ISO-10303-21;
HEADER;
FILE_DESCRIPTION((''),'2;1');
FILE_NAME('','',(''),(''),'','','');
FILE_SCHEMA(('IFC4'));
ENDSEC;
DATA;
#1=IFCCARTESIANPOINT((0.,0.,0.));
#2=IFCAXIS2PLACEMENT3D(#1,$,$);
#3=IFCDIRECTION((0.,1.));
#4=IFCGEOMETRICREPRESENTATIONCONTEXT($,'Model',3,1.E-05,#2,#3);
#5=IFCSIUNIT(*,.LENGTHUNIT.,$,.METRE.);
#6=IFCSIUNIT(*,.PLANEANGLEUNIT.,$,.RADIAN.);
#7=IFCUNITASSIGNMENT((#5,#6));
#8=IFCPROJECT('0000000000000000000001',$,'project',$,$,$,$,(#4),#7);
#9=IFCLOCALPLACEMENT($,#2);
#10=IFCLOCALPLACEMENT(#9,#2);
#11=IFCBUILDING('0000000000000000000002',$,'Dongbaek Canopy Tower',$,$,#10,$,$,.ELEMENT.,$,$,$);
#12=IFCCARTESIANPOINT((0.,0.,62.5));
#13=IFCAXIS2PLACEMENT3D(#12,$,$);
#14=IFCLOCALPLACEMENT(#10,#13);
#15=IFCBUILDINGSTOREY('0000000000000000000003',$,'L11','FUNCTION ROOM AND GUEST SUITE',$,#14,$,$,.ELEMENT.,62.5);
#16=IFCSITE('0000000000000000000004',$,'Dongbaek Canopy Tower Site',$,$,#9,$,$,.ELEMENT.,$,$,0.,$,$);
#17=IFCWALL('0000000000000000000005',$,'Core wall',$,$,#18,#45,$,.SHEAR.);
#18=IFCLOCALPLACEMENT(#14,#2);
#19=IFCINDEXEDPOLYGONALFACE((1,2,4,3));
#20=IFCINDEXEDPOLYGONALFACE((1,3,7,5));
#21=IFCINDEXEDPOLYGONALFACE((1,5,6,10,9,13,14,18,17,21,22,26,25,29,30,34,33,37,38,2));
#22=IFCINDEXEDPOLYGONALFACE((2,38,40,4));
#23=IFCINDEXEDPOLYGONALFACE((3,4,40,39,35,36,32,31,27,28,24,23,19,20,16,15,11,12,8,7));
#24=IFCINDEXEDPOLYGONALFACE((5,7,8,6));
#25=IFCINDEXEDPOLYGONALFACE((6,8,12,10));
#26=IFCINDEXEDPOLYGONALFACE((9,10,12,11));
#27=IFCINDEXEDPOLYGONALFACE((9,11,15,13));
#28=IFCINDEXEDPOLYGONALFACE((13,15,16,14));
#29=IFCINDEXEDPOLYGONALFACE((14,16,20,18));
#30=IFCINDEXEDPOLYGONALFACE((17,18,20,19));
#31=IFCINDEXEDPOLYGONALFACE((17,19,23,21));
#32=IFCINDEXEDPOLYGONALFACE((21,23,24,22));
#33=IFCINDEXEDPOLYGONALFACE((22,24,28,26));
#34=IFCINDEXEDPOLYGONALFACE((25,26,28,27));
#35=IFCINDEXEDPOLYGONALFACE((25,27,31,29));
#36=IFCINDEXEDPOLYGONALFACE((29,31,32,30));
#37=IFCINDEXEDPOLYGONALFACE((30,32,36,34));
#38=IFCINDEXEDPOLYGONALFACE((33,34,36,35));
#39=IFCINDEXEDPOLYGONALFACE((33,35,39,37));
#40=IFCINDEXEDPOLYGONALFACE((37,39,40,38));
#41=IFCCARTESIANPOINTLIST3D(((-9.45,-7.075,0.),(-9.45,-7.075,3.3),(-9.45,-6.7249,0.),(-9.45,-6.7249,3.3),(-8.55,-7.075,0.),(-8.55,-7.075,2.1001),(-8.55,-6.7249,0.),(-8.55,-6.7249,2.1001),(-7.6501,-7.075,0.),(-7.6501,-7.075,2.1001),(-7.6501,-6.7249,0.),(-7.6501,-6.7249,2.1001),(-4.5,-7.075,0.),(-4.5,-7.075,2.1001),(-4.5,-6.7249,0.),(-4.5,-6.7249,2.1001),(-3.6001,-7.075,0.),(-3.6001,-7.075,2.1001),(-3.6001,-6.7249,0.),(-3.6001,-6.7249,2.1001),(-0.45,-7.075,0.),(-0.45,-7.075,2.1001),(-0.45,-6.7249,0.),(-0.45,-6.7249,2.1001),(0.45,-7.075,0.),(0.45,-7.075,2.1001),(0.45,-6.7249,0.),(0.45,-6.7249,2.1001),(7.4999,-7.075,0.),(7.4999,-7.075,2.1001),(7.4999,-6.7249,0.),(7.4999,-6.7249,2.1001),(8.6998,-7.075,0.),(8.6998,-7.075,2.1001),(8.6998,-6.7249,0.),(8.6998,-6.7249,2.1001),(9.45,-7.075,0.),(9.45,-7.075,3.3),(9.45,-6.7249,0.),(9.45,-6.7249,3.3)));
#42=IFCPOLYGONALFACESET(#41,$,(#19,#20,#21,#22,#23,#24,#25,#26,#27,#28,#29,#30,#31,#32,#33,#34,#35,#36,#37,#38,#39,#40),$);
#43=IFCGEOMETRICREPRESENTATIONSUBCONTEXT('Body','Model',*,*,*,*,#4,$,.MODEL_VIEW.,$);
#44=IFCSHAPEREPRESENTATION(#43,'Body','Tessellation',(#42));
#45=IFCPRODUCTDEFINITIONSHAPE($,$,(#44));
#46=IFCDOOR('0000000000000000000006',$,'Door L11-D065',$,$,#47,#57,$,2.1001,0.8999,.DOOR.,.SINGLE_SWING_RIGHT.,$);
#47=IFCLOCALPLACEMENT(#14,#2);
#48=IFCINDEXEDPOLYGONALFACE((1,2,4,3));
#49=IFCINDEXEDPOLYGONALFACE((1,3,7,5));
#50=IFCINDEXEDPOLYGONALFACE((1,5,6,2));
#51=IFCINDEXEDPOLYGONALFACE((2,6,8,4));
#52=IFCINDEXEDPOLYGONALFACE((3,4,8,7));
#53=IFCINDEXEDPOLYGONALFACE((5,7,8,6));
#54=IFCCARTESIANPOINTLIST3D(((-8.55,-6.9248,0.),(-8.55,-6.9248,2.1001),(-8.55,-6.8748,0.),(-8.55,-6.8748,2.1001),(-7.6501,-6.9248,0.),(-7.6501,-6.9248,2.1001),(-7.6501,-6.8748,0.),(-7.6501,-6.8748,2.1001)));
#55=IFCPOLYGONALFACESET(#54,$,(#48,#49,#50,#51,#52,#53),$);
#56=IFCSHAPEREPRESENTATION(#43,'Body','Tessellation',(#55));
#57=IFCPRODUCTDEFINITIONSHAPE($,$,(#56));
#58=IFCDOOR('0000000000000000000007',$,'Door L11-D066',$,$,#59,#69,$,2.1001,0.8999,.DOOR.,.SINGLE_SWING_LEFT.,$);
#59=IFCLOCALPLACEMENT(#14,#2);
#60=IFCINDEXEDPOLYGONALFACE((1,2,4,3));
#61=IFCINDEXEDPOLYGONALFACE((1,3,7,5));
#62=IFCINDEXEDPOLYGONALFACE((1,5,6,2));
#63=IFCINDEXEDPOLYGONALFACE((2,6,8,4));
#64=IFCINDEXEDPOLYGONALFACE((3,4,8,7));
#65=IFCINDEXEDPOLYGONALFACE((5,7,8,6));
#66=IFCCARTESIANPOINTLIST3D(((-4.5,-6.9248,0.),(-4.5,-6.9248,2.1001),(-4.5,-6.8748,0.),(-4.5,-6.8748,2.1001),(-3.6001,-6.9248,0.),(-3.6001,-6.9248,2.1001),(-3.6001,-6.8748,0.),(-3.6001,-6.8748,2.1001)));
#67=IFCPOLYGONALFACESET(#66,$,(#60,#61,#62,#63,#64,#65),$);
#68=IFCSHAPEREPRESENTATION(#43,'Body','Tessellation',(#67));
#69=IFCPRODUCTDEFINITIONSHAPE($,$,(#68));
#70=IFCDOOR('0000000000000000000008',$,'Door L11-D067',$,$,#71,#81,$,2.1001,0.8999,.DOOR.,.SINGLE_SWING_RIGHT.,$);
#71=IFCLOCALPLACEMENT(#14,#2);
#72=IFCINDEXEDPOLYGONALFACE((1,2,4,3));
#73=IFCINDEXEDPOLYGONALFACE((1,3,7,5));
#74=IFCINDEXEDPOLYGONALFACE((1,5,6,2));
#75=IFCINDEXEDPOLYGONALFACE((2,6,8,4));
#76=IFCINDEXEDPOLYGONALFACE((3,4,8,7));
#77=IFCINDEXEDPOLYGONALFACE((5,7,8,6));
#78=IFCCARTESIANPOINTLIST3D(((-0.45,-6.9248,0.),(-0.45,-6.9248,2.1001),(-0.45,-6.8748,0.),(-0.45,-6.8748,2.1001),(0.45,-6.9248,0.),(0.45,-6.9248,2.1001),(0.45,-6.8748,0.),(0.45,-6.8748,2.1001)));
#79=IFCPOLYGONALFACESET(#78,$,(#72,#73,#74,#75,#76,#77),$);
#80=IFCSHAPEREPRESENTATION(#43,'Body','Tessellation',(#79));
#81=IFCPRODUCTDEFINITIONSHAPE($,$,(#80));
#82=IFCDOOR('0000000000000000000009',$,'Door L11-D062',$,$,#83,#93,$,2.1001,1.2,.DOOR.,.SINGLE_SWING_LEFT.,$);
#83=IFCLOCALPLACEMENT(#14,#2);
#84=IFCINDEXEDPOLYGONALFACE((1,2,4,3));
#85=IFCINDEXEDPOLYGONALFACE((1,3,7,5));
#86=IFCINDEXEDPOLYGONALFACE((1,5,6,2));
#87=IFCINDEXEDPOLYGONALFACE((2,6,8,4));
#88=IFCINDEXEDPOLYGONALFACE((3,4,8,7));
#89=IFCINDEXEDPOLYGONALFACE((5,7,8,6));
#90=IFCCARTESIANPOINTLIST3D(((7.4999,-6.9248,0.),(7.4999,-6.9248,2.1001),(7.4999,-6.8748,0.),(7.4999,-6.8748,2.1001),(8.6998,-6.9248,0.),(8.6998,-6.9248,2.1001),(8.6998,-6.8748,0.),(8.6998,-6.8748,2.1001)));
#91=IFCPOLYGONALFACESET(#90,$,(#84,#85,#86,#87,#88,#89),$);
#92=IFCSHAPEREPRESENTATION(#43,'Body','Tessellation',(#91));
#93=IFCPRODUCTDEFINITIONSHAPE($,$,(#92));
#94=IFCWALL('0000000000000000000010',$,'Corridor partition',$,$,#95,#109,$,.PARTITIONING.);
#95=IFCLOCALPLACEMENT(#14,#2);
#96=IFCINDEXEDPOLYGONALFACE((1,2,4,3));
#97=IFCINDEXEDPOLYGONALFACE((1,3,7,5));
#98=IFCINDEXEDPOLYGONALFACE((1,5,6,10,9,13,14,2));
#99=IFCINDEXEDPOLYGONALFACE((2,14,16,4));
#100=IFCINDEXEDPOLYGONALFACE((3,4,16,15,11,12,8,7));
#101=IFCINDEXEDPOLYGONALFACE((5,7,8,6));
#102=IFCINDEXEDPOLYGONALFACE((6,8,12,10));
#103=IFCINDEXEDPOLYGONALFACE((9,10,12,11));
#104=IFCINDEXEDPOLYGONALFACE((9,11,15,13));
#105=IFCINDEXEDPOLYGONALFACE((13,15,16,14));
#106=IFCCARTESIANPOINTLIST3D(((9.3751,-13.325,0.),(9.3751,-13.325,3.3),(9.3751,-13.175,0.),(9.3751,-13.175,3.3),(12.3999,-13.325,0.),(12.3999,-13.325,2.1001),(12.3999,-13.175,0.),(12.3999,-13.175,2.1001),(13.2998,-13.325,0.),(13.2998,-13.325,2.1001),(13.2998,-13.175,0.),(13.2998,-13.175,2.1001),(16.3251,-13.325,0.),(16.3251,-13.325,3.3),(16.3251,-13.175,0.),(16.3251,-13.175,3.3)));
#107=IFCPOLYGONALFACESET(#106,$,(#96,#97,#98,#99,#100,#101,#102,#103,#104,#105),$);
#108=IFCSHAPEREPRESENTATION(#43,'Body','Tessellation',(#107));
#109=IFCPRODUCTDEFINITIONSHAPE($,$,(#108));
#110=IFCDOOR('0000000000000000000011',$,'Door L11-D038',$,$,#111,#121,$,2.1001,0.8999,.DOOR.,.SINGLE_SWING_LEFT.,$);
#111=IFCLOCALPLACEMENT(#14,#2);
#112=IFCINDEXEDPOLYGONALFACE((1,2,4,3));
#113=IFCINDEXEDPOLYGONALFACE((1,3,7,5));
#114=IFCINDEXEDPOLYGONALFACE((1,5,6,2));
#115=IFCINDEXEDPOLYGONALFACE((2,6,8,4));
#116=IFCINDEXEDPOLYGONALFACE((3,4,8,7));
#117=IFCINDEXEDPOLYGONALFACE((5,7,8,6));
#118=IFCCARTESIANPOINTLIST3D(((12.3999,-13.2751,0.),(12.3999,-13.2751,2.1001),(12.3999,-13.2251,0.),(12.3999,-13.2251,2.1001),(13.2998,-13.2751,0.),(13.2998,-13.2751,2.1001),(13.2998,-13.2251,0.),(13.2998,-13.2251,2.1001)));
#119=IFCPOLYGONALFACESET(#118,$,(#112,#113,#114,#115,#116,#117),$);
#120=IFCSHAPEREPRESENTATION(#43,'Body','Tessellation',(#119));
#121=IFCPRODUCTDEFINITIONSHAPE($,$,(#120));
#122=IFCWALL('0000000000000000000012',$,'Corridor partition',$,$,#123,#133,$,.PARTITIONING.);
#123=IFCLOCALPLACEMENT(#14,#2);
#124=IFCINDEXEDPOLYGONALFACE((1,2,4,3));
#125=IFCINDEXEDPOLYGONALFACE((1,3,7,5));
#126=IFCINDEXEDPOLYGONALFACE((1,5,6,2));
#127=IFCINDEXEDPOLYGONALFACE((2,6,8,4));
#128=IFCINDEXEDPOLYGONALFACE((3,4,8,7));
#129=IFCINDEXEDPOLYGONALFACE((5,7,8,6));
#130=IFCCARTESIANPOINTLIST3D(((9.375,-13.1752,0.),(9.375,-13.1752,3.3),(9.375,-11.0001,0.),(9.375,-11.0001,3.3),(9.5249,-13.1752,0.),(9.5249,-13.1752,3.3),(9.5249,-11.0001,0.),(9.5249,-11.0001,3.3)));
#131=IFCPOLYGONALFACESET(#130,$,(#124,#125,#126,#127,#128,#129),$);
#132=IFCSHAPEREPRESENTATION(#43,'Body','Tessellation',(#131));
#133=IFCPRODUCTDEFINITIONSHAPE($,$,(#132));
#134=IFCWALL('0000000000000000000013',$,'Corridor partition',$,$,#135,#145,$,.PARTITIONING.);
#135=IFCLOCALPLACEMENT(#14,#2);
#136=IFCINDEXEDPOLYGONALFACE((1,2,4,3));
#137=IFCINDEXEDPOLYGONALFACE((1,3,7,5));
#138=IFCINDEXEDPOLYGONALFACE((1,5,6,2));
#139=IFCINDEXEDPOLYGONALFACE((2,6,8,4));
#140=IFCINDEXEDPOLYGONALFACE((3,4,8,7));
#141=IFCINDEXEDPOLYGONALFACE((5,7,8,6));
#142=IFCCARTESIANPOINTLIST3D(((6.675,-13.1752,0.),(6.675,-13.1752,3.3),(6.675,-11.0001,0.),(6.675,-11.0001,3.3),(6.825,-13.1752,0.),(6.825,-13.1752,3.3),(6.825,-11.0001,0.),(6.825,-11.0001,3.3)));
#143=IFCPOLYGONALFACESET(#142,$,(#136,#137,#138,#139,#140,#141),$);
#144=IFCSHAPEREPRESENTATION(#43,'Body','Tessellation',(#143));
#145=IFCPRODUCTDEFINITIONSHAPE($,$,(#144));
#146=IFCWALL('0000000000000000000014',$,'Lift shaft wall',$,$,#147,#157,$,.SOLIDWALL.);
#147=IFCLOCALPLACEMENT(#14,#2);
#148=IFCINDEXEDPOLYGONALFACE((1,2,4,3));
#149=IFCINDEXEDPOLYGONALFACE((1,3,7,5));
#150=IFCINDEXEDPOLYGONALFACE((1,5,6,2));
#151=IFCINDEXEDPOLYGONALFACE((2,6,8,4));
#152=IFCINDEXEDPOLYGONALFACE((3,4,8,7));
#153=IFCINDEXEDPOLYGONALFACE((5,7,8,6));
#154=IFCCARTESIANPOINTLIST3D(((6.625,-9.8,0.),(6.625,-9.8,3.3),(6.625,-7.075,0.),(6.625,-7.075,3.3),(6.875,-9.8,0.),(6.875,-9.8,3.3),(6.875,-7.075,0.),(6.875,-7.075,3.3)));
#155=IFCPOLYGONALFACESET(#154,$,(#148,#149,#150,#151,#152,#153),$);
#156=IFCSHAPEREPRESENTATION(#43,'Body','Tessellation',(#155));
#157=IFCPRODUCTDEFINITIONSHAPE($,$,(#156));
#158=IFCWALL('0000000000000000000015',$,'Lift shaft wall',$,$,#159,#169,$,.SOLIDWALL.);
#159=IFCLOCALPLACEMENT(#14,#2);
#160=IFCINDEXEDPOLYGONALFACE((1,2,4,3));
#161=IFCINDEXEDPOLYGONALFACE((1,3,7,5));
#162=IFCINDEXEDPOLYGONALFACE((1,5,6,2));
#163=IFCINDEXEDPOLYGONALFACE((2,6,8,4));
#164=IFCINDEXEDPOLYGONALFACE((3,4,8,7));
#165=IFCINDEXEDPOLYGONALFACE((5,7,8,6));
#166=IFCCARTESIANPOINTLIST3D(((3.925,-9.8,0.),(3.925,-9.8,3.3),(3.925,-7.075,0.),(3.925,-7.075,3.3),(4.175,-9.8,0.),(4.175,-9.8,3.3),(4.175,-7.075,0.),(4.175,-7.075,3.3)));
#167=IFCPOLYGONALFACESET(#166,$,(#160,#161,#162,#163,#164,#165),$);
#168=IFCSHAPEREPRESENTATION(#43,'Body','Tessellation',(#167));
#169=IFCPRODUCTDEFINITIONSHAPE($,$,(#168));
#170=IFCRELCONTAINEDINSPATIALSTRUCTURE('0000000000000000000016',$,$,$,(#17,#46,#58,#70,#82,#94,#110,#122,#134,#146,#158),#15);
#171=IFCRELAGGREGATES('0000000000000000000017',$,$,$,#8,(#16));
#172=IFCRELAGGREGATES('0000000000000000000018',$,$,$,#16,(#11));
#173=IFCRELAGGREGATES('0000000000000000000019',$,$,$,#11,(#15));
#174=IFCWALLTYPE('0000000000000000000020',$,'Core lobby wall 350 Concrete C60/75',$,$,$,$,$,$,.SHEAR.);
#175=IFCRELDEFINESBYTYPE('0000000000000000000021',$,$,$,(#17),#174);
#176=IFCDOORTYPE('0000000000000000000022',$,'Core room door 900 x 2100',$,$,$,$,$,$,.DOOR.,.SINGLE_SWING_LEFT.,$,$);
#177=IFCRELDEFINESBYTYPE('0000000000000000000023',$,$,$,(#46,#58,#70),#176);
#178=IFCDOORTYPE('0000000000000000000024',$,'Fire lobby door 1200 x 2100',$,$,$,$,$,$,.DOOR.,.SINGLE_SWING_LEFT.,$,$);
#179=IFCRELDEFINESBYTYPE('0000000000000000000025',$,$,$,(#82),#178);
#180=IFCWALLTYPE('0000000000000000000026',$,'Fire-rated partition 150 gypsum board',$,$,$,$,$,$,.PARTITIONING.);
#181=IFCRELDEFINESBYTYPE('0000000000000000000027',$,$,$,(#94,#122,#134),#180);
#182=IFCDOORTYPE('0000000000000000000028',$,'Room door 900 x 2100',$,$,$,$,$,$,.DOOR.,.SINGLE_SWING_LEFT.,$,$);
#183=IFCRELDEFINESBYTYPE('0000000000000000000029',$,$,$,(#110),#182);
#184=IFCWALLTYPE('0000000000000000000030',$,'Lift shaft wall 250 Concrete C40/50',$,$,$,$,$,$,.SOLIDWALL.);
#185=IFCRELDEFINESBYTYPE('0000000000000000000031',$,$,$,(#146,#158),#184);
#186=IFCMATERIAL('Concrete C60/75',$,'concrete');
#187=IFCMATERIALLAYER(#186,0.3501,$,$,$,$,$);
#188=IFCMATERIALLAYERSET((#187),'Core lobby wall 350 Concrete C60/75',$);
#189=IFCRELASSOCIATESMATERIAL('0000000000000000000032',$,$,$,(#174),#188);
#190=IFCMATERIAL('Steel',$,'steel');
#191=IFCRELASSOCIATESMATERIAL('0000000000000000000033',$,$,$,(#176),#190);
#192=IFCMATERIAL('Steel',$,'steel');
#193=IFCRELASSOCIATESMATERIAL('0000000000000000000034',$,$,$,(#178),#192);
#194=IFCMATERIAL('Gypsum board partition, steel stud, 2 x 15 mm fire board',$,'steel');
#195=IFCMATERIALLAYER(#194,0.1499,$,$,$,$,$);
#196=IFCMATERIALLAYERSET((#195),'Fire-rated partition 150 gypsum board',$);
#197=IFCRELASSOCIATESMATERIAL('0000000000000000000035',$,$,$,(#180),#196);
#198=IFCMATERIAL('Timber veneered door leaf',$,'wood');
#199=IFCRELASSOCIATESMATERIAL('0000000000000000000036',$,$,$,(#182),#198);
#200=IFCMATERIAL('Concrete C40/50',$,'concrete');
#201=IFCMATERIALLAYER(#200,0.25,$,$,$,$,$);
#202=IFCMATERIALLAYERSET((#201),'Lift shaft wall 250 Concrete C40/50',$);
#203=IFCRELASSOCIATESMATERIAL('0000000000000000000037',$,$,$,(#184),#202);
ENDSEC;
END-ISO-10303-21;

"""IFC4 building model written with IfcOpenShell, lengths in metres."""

from ifc_helpers import new_model, si_unit, direction, frame, frame_2d, origin, place, context, subcontext, project, spatial, rectangle, extrude, material, layer, layer_set, type_object, element, fill, save


model = new_model("IFC4")

# Units and contexts
model_context = context("Model", 3, precision=1e-05, world=origin(), true_north=direction((0.0, 1.0)))
body_context = subcontext(model_context, "Body", "Model", "MODEL_VIEW")
ifc_project = project(units=[si_unit("LENGTHUNIT", "METRE"), si_unit("PLANEANGLEUNIT", "RADIAN")], contexts=[model_context])

# Site, building, storey
site_placement = place(None, origin())
site = spatial("IfcSite", under=ifc_project, at=site_placement, Name="Dongbaek Canopy Tower Site", CompositionType="ELEMENT", RefElevation=0.0)
building_placement = place(site_placement, origin())
building = spatial("IfcBuilding", under=site, at=building_placement, Name="Dongbaek Canopy Tower", CompositionType="ELEMENT")
storey_placement = place(building_placement, frame((0.0, 0.0, 62.5)))
storey = spatial("IfcBuildingStorey", under=building, at=storey_placement, Name="L11", Description="FUNCTION ROOM AND GUEST SUITE", CompositionType="ELEMENT", Elevation=62.5)

# Wall, openings, doors
ifc_material_1 = material(Name="Concrete C60/75", Category="concrete")
ifc_layer_1 = layer(ifc_material_1, 0.3501)
ifc_layer_set_1 = layer_set([ifc_layer_1], Name="Core lobby wall 350 Concrete C60/75")
wall_type_1 = type_object("IfcWallType", Name="Core lobby wall 350 Concrete C60/75", PredefinedType="SHEAR", material=ifc_layer_set_1)
wall_1_placement = place(storey_placement, frame((9.45, -6.8999, 0.0), z_axis=(0.0, 0.0, 1.0), x_axis=(-1.0, 0.0, 0.0)))
wall_1 = element("IfcWall", 1, at=wall_1_placement, inside=storey, type_object=wall_type_1, Name="Core wall", PredefinedType="SHEAR", context=body_context, shape_type="SweptSolid", body=[
    extrude(rectangle(XDim=18.8999, YDim=0.3501, at=frame_2d((9.45, 0.0))), origin(), (0.0, 0.0, 1.0), 3.3),
])
opening_1_placement = place(wall_1_placement, frame((0.75, 0.0, 0.0)))
opening_1 = element("IfcOpeningElement", 2, at=opening_1_placement, cuts=wall_1, PredefinedType="OPENING", context=body_context, shape_type="SweptSolid", body=[
    extrude(rectangle(XDim=1.2, YDim=2.1001, at=frame_2d((0.6001, 1.05))), frame((0.0, 0.1851, 0.0), z_axis=(0.0, -1.0, 0.0), x_axis=(1.0, 0.0, 0.0)), (0.0, 0.0, 1.0), 0.3701),
])
opening_2_placement = place(wall_1_placement, frame((17.1001, 0.0, 0.0)))
opening_2 = element("IfcOpeningElement", 3, at=opening_2_placement, cuts=wall_1, PredefinedType="OPENING", context=body_context, shape_type="SweptSolid", body=[
    extrude(rectangle(XDim=0.8999, YDim=2.1001, at=frame_2d((0.45, 1.05))), frame((0.0, 0.1851, 0.0), z_axis=(0.0, -1.0, 0.0), x_axis=(1.0, 0.0, 0.0)), (0.0, 0.0, 1.0), 0.3701),
])
opening_3_placement = place(wall_1_placement, frame((13.05, 0.0, 0.0)))
opening_3 = element("IfcOpeningElement", 4, at=opening_3_placement, cuts=wall_1, PredefinedType="OPENING", context=body_context, shape_type="SweptSolid", body=[
    extrude(rectangle(XDim=0.8999, YDim=2.1001, at=frame_2d((0.45, 1.05))), frame((0.0, 0.1851, 0.0), z_axis=(0.0, -1.0, 0.0), x_axis=(1.0, 0.0, 0.0)), (0.0, 0.0, 1.0), 0.3701),
])
opening_4_placement = place(wall_1_placement, frame((9.0, 0.0, 0.0)))
opening_4 = element("IfcOpeningElement", 5, at=opening_4_placement, cuts=wall_1, PredefinedType="OPENING", context=body_context, shape_type="SweptSolid", body=[
    extrude(rectangle(XDim=0.8999, YDim=2.1001, at=frame_2d((0.45, 1.05))), frame((0.0, 0.1851, 0.0), z_axis=(0.0, -1.0, 0.0), x_axis=(1.0, 0.0, 0.0)), (0.0, 0.0, 1.0), 0.3701),
])
ifc_material_2 = material(Name="Steel", Category="steel")
door_type_1 = type_object("IfcDoorType", Name="Core room door 900 x 2100", OperationType="SINGLE_SWING_LEFT", PredefinedType="DOOR", material=ifc_material_2)
door_1_placement = place(opening_2_placement, origin())
door_1 = element("IfcDoor", 6, at=door_1_placement, inside=storey, type_object=door_type_1, Name="Door L11-D065", OperationType="SINGLE_SWING_RIGHT", OverallHeight=2.1001, OverallWidth=0.8999, PredefinedType="DOOR", context=body_context, shape_type="SweptSolid", body=[
    extrude(rectangle(XDim=0.8999, YDim=2.1001, at=frame_2d((0.45, 1.05))), frame((0.0, 0.0249, 0.0), z_axis=(0.0, -1.0, 0.0), x_axis=(1.0, 0.0, 0.0)), (0.0, 0.0, 1.0), 0.05),
])
fill(opening_2, door_1)
door_2_placement = place(opening_3_placement, origin())
door_2 = element("IfcDoor", 7, at=door_2_placement, inside=storey, type_object=door_type_1, Name="Door L11-D066", OperationType="SINGLE_SWING_LEFT", OverallHeight=2.1001, OverallWidth=0.8999, PredefinedType="DOOR", context=body_context, shape_type="SweptSolid", body=[
    extrude(rectangle(XDim=0.8999, YDim=2.1001, at=frame_2d((0.45, 1.05))), frame((0.0, 0.0249, 0.0), z_axis=(0.0, -1.0, 0.0), x_axis=(1.0, 0.0, 0.0)), (0.0, 0.0, 1.0), 0.05),
])
fill(opening_3, door_2)
door_3_placement = place(opening_4_placement, origin())
door_3 = element("IfcDoor", 8, at=door_3_placement, inside=storey, type_object=door_type_1, Name="Door L11-D067", OperationType="SINGLE_SWING_RIGHT", OverallHeight=2.1001, OverallWidth=0.8999, PredefinedType="DOOR", context=body_context, shape_type="SweptSolid", body=[
    extrude(rectangle(XDim=0.8999, YDim=2.1001, at=frame_2d((0.45, 1.05))), frame((0.0, 0.0249, 0.0), z_axis=(0.0, -1.0, 0.0), x_axis=(1.0, 0.0, 0.0)), (0.0, 0.0, 1.0), 0.05),
])
fill(opening_4, door_3)
ifc_material_3 = material(Name="Steel", Category="steel")
door_type_2 = type_object("IfcDoorType", Name="Fire lobby door 1200 x 2100", OperationType="SINGLE_SWING_LEFT", PredefinedType="DOOR", material=ifc_material_3)
door_4_placement = place(opening_1_placement, origin())
door_4 = element("IfcDoor", 9, at=door_4_placement, inside=storey, type_object=door_type_2, Name="Door L11-D062", OperationType="SINGLE_SWING_LEFT", OverallHeight=2.1001, OverallWidth=1.2, PredefinedType="DOOR", context=body_context, shape_type="SweptSolid", body=[
    extrude(rectangle(XDim=1.2, YDim=2.1001, at=frame_2d((0.6001, 1.05))), frame((0.0, 0.0249, 0.0), z_axis=(0.0, -1.0, 0.0), x_axis=(1.0, 0.0, 0.0)), (0.0, 0.0, 1.0), 0.05),
])
fill(opening_1, door_4)

# Wall, opening, door
ifc_material_4 = material(Name="Gypsum board partition, steel stud, 2 x 15 mm fire board", Category="steel")
ifc_layer_2 = layer(ifc_material_4, 0.1499)
ifc_layer_set_2 = layer_set([ifc_layer_2], Name="Fire-rated partition 150 gypsum board")
wall_type_2 = type_object("IfcWallType", Name="Fire-rated partition 150 gypsum board", PredefinedType="PARTITIONING", material=ifc_layer_set_2)
wall_2_placement = place(storey_placement, frame((9.375, -13.25, 0.0), z_axis=(0.0, 0.0, 1.0), x_axis=(1.0, 0.0, 0.0)))
wall_2 = element("IfcWall", 10, at=wall_2_placement, inside=storey, type_object=wall_type_2, Name="Corridor partition", PredefinedType="PARTITIONING", context=body_context, shape_type="SweptSolid", body=[
    extrude(rectangle(XDim=6.95, YDim=0.1499, at=frame_2d((3.4751, 0.0))), origin(), (0.0, 0.0, 1.0), 3.3),
])
opening_5_placement = place(wall_2_placement, frame((3.0249, 0.0, 0.0)))
opening_5 = element("IfcOpeningElement", 11, at=opening_5_placement, cuts=wall_2, PredefinedType="OPENING", context=body_context, shape_type="SweptSolid", body=[
    extrude(rectangle(XDim=0.8999, YDim=2.1001, at=frame_2d((0.45, 1.05))), frame((0.0, 0.085, 0.0), z_axis=(0.0, -1.0, 0.0), x_axis=(1.0, 0.0, 0.0)), (0.0, 0.0, 1.0), 0.1699),
])
ifc_material_5 = material(Name="Timber veneered door leaf", Category="wood")
door_type_3 = type_object("IfcDoorType", Name="Room door 900 x 2100", OperationType="SINGLE_SWING_LEFT", PredefinedType="DOOR", material=ifc_material_5)
door_5_placement = place(opening_5_placement, origin())
door_5 = element("IfcDoor", 12, at=door_5_placement, inside=storey, type_object=door_type_3, Name="Door L11-D038", OperationType="SINGLE_SWING_LEFT", OverallHeight=2.1001, OverallWidth=0.8999, PredefinedType="DOOR", context=body_context, shape_type="SweptSolid", body=[
    extrude(rectangle(XDim=0.8999, YDim=2.1001, at=frame_2d((0.45, 1.05))), frame((0.0, 0.0249, 0.0), z_axis=(0.0, -1.0, 0.0), x_axis=(1.0, 0.0, 0.0)), (0.0, 0.0, 1.0), 0.05),
])
fill(opening_5, door_5)

# Walls
for number, where, z_axis, x_axis, name in (
    (13, (9.45, -13.175, 0.0), (0.0, 0.0, 1.0), (0.0, 1.0, 0.0), "Corridor partition"),
    (14, (6.75, -13.175, 0.0), (0.0, 0.0, 1.0), (0.0, 1.0, 0.0), "Corridor partition"),
):
    element("IfcWall", number, at=place(storey_placement, frame(where, z_axis=z_axis, x_axis=x_axis)), inside=storey, type_object=wall_type_2, Name=name, PredefinedType="PARTITIONING", context=body_context, shape_type="SweptSolid", body=[
        extrude(rectangle(XDim=2.175, YDim=0.1499, at=frame_2d((1.0874, 0.0))), origin(), (0.0, 0.0, 1.0), 3.3),
    ])
ifc_material_6 = material(Name="Concrete C40/50", Category="concrete")
ifc_layer_3 = layer(ifc_material_6, 0.25)
ifc_layer_set_3 = layer_set([ifc_layer_3], Name="Lift shaft wall 250 Concrete C40/50")
wall_type_3 = type_object("IfcWallType", Name="Lift shaft wall 250 Concrete C40/50", PredefinedType="SOLIDWALL", material=ifc_layer_set_3)
for number, where, z_axis, x_axis, name in (
    (15, (6.75, -9.8, 0.0), (0.0, 0.0, 1.0), (0.0, 1.0, 0.0), "Lift shaft wall"),
    (16, (4.05, -9.8, 0.0), (0.0, 0.0, 1.0), (0.0, 1.0, 0.0), "Lift shaft wall"),
):
    element("IfcWall", number, at=place(storey_placement, frame(where, z_axis=z_axis, x_axis=x_axis)), inside=storey, type_object=wall_type_3, Name=name, PredefinedType="SOLIDWALL", context=body_context, shape_type="SweptSolid", body=[
        extrude(rectangle(XDim=2.7251, YDim=0.25, at=frame_2d((1.3625, 0.0))), origin(), (0.0, 0.0, 1.0), 3.3),
    ])

save(model, "model.ifc")
